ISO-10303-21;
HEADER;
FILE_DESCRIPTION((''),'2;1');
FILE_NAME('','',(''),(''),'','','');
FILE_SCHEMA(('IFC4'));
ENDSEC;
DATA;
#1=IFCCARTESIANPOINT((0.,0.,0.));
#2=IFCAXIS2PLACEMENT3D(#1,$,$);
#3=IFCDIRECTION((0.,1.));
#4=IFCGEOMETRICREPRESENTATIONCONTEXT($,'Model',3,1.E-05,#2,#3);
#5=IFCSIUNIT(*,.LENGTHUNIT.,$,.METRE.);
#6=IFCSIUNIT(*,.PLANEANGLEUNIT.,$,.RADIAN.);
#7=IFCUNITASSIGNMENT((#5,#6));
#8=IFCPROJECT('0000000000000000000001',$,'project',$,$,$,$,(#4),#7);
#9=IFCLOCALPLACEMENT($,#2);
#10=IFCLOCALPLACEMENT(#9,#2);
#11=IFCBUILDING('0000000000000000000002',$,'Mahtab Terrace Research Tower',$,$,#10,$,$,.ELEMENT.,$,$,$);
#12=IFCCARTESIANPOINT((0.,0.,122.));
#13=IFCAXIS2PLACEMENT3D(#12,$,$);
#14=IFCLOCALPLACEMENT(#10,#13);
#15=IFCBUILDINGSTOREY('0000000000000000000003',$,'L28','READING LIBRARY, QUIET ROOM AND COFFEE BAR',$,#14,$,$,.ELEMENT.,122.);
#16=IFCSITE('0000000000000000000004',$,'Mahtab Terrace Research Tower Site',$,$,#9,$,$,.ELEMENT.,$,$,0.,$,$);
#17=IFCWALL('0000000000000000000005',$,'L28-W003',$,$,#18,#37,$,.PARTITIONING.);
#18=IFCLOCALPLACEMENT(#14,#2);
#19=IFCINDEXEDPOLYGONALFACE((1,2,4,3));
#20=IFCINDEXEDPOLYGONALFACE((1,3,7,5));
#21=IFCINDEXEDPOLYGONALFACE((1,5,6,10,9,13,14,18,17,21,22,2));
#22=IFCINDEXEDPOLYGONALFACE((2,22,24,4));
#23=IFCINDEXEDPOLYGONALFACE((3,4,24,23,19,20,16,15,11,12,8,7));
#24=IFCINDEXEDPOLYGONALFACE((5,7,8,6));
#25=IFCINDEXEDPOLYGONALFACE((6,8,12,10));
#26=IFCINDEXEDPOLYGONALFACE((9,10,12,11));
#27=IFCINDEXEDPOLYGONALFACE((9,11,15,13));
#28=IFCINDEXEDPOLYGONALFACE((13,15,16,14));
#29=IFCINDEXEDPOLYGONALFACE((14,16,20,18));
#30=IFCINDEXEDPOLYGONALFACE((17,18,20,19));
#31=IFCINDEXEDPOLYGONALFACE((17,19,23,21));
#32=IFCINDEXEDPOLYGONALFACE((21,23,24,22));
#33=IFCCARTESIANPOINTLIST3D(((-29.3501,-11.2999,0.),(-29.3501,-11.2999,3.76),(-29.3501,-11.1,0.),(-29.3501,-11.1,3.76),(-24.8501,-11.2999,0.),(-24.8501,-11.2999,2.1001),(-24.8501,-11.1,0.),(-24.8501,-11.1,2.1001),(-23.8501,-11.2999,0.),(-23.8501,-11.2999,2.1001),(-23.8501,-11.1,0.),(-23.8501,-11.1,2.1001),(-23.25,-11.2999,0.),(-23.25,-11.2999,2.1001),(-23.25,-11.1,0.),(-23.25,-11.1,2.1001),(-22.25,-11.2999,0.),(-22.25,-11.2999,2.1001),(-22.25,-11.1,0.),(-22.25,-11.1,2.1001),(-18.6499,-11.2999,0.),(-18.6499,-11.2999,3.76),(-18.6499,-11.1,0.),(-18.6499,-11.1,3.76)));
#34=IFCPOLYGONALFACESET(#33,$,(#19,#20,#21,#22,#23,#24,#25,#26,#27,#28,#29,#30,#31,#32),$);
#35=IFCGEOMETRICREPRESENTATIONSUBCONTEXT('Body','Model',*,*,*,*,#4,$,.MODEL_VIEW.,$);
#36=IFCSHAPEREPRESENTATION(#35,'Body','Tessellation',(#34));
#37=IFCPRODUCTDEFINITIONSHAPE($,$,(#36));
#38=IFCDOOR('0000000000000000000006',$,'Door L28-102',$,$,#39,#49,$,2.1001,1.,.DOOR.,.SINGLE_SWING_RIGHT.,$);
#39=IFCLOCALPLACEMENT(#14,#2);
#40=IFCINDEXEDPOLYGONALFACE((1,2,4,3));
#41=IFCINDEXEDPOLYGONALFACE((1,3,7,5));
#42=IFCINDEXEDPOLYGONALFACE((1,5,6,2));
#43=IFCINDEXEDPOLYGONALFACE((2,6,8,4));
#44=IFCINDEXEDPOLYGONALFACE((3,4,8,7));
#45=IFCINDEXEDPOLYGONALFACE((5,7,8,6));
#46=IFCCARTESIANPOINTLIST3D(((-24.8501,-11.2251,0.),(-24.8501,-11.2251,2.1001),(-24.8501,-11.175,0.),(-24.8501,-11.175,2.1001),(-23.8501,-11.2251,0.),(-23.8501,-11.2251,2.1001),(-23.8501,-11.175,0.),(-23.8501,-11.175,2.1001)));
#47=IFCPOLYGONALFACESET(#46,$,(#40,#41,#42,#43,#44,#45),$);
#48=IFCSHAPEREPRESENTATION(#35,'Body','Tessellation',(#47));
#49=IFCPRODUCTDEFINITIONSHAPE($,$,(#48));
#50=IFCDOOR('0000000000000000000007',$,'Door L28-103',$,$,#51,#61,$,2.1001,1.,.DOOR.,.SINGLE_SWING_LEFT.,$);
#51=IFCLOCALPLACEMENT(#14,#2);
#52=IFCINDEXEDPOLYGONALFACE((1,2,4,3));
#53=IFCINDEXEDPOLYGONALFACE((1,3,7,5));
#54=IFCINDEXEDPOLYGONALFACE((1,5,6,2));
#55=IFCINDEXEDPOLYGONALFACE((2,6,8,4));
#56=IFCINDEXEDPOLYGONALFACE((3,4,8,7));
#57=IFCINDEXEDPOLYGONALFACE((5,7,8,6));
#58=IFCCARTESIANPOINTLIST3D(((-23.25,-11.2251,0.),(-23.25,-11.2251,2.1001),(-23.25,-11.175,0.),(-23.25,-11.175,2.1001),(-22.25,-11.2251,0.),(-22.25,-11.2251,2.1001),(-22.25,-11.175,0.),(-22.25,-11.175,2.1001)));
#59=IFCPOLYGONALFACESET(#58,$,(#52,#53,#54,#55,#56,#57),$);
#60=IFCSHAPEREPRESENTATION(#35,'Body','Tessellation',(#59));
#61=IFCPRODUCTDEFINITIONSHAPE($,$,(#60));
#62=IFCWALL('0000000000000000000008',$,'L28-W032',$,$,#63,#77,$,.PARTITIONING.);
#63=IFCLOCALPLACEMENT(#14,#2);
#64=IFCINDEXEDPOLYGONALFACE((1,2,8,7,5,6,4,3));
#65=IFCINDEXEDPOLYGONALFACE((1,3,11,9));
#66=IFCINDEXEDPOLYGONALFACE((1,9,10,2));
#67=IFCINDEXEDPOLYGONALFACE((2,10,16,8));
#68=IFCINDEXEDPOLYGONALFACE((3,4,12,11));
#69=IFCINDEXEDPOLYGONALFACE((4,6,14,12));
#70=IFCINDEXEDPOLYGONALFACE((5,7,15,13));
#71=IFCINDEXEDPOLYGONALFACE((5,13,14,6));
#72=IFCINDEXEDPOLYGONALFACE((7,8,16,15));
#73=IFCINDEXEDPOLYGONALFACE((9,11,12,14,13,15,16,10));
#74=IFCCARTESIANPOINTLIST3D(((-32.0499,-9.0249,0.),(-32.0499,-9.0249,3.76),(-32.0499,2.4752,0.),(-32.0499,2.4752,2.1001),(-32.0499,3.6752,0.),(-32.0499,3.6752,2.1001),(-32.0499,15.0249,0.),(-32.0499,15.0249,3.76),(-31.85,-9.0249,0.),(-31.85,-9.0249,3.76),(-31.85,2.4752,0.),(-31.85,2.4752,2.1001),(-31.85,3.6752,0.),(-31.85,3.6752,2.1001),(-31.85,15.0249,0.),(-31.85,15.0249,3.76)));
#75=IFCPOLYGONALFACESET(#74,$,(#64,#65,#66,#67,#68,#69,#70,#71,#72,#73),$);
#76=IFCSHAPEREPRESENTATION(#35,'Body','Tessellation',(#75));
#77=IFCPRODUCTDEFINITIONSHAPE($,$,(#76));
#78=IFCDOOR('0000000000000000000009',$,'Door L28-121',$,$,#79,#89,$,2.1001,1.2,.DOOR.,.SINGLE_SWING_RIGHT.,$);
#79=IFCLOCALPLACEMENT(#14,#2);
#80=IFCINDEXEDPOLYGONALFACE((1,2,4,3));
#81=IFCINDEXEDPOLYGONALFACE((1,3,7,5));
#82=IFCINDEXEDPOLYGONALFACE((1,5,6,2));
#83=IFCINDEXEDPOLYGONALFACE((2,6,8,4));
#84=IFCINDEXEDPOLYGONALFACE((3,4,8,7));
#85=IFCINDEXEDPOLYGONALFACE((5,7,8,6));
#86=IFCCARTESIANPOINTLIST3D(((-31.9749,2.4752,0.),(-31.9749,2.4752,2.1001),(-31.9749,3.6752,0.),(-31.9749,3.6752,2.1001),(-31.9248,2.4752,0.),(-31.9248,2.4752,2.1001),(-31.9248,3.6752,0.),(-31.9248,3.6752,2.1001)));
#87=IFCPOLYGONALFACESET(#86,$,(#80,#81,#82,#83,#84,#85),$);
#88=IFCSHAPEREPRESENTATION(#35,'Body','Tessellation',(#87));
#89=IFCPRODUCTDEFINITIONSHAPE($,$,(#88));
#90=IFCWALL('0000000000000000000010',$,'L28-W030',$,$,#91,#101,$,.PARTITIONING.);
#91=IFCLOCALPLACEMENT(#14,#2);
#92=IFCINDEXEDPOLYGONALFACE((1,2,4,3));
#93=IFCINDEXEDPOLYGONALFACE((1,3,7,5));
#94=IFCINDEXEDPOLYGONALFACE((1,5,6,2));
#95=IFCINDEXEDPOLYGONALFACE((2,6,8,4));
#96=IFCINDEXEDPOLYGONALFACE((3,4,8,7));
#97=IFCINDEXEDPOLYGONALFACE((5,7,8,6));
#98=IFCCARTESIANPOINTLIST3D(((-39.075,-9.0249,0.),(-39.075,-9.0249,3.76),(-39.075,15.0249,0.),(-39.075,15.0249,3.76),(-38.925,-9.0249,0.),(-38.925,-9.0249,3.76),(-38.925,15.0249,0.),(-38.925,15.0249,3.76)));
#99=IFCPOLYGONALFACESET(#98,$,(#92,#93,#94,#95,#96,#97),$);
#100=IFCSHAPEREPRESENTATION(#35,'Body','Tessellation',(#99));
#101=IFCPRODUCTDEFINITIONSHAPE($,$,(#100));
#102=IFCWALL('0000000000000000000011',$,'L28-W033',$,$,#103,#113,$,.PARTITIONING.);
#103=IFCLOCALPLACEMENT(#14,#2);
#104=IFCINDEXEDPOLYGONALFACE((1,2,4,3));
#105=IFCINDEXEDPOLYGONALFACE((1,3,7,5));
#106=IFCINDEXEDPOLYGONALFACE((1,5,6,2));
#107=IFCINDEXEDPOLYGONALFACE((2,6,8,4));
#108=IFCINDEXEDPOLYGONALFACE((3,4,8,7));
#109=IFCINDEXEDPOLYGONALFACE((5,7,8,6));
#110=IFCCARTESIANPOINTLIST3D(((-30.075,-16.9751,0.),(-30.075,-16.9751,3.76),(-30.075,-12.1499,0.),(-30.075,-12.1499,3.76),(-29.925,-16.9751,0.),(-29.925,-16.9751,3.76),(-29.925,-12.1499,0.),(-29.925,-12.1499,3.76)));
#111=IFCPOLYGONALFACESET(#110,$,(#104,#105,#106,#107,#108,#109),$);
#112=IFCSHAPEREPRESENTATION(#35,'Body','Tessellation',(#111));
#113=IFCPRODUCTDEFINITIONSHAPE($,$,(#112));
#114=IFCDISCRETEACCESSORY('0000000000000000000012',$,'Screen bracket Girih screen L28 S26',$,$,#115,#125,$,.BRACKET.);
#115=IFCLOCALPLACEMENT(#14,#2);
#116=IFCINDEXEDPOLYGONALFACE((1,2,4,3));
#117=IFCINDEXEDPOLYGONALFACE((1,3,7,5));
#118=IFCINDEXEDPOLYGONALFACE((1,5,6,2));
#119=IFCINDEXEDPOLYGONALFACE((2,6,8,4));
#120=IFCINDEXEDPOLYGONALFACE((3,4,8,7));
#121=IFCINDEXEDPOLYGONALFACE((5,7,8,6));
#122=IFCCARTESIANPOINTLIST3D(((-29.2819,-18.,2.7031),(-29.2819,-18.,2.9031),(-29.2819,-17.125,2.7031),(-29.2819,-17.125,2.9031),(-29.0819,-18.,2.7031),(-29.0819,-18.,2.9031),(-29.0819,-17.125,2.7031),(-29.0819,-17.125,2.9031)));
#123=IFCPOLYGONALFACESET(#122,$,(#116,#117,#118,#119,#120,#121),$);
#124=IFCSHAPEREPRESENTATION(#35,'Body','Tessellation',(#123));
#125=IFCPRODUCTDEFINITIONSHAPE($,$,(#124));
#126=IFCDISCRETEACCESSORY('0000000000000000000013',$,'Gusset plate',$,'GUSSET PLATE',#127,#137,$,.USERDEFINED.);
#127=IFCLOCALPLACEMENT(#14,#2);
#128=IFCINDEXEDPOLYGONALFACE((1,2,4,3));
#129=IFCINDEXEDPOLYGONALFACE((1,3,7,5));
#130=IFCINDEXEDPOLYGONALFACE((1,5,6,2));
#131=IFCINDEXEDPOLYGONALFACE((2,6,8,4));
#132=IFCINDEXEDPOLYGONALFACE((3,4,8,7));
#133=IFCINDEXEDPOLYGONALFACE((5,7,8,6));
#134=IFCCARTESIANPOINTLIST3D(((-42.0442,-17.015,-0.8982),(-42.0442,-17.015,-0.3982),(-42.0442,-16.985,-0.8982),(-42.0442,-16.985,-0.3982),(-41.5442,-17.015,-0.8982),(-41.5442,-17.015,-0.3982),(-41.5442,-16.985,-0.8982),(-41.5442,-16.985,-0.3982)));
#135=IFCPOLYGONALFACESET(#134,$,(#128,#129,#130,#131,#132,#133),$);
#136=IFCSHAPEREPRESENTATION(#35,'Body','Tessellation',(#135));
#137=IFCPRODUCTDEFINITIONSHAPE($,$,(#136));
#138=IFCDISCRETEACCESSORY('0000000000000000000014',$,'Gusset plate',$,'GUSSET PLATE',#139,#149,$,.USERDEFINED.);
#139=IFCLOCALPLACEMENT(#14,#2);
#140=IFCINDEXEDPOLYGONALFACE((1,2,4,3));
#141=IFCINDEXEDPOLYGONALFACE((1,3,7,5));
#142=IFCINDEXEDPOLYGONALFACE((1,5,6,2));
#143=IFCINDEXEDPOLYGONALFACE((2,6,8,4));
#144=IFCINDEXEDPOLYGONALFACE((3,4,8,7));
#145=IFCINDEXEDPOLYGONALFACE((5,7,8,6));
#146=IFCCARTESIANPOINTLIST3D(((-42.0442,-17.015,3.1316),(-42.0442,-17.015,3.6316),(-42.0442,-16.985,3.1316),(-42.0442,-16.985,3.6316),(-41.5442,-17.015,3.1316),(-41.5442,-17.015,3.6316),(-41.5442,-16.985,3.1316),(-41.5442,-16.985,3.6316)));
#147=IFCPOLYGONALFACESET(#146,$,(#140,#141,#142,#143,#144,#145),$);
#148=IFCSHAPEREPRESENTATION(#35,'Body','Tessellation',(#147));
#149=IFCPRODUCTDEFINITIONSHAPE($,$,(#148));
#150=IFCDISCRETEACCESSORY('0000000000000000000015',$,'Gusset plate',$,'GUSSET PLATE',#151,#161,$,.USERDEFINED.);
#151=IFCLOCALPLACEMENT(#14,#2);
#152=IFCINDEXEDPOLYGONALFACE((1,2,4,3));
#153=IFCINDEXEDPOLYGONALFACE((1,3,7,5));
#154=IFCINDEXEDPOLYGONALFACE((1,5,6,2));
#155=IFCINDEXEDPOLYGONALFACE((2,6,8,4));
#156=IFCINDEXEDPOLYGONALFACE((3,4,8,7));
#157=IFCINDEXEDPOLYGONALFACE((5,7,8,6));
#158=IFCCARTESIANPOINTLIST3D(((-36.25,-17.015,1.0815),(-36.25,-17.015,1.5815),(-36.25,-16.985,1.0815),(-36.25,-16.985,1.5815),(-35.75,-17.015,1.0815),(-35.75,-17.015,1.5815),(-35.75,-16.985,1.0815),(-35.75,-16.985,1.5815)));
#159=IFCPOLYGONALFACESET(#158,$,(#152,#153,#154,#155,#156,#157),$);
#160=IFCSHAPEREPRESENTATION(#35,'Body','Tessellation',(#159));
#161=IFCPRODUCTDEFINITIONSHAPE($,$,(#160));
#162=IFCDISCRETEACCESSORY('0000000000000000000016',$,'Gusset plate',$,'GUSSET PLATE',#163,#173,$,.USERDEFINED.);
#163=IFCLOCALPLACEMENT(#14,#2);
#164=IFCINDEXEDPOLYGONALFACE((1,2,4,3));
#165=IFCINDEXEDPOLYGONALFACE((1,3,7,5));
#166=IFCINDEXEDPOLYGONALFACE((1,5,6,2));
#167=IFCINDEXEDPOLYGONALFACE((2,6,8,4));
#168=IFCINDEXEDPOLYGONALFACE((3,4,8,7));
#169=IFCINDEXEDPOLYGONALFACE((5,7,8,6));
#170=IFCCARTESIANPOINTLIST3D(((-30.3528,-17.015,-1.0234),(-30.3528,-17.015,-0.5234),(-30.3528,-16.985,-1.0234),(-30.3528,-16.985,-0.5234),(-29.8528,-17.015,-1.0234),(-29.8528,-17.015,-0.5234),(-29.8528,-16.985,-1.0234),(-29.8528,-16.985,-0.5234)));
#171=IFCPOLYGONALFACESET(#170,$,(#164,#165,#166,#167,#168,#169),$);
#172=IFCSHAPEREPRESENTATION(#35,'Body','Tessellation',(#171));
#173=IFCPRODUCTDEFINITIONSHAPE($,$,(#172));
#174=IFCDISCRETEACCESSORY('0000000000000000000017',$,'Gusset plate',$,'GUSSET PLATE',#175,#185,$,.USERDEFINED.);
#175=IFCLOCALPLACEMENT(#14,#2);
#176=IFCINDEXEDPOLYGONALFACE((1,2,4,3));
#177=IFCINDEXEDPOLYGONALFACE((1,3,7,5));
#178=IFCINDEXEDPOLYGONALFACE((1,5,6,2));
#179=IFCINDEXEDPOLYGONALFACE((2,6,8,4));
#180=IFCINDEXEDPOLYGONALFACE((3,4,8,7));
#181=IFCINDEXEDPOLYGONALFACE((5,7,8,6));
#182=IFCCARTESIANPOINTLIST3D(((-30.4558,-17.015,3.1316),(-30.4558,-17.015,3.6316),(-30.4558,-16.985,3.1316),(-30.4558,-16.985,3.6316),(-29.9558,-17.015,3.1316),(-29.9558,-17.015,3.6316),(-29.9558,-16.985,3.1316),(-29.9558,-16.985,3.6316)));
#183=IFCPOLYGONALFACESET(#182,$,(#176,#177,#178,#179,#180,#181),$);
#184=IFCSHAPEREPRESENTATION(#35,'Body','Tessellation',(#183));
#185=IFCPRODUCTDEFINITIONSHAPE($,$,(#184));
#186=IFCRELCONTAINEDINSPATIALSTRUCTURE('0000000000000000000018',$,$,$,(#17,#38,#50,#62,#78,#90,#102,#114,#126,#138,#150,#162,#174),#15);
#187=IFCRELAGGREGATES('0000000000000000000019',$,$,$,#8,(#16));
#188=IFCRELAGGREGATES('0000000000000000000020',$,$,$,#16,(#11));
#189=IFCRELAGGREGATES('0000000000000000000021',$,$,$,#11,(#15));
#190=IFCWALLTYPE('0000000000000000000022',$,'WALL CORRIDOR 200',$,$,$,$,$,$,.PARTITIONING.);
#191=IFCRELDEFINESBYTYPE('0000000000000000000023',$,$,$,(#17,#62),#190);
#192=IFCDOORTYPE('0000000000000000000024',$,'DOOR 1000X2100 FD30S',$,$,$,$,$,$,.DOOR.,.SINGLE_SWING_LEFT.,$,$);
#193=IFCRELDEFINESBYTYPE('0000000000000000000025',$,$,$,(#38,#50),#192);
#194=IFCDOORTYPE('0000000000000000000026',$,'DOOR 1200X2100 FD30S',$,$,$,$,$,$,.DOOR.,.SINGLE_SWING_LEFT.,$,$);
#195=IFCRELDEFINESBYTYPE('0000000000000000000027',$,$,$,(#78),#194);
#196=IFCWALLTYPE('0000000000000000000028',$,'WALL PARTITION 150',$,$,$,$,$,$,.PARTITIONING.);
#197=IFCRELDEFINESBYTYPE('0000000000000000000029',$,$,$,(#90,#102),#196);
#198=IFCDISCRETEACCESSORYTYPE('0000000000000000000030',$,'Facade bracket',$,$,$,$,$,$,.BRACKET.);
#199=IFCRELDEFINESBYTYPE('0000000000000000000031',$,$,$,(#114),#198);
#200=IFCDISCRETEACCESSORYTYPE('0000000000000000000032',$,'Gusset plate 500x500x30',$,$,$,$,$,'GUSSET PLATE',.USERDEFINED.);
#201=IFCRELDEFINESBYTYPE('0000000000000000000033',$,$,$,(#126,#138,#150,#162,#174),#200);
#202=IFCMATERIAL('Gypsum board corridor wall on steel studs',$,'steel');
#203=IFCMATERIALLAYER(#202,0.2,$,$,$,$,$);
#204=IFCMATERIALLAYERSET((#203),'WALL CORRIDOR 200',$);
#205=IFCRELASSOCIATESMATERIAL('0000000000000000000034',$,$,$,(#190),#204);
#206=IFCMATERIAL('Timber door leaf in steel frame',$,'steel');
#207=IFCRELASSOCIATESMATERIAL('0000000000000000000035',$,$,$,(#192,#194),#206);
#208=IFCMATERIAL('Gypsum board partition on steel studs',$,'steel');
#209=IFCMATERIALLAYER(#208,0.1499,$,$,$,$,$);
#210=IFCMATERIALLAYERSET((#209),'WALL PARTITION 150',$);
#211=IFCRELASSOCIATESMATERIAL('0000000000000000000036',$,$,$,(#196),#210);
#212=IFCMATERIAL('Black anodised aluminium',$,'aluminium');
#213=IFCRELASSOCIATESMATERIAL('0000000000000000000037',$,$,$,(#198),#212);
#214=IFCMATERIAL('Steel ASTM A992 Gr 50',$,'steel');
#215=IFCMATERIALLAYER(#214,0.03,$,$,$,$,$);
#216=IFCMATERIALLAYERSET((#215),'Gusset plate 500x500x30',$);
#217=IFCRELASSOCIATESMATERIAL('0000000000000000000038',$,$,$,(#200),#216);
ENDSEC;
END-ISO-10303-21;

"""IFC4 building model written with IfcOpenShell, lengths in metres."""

from ifc_helpers import new_model, si_unit, direction, frame, frame_2d, origin, origin_2d, place, context, subcontext, project, spatial, rectangle, extrude, material, layer, layer_set, type_object, element, fill, save


model = new_model("IFC4")

# Units and contexts
model_context = context("Model", 3, precision=1e-05, world=origin(), true_north=direction((0.0, 1.0)))
body_context = subcontext(model_context, "Body", "Model", "MODEL_VIEW")
ifc_project = project(units=[si_unit("LENGTHUNIT", "METRE"), si_unit("PLANEANGLEUNIT", "RADIAN")], contexts=[model_context])

# Site, building, storey
site_placement = place(None, origin())
site = spatial("IfcSite", under=ifc_project, at=site_placement, Name="Mahtab Terrace Research Tower Site", CompositionType="ELEMENT", RefElevation=0.0)
building_placement = place(site_placement, origin())
building = spatial("IfcBuilding", under=site, at=building_placement, Name="Mahtab Terrace Research Tower", CompositionType="ELEMENT")
storey_placement = place(building_placement, frame((0.0, 0.0, 122.0)))
storey = spatial("IfcBuildingStorey", under=building, at=storey_placement, Name="L28", Description="READING LIBRARY, QUIET ROOM AND COFFEE BAR", CompositionType="ELEMENT", Elevation=122.0)

# Shared definitions
ifc_material_1 = material(Name="Steel ASTM A992 Gr 50", Category="steel")

# Shared definitions
ifc_material_2 = material(Name="Gypsum board corridor wall on steel studs", Category="steel")
ifc_layer_1 = layer(ifc_material_2, 0.2)
ifc_layer_set_1 = layer_set([ifc_layer_1], Name="WALL CORRIDOR 200")
wall_type_1 = type_object("IfcWallType", Name="WALL CORRIDOR 200", PredefinedType="PARTITIONING", material=ifc_layer_set_1)
ifc_material_3 = material(Name="Timber door leaf in steel frame", Category="steel")

# Wall, openings, doors
wall_1_placement = place(storey_placement, frame((-29.3501, -11.2, 0.0), z_axis=(0.0, 0.0, 1.0), x_axis=(1.0, 0.0, 0.0)))
wall_1 = element("IfcWall", 1, at=wall_1_placement, inside=storey, type_object=wall_type_1, Name="L28-W003", PredefinedType="PARTITIONING", context=body_context, shape_type="SweptSolid", body=[
    extrude(rectangle(XDim=10.7002, YDim=0.2, at=frame_2d((5.3501, 0.0))), origin(), (0.0, 0.0, 1.0), 3.76),
])
opening_1_placement = place(wall_1_placement, frame((4.5, 0.0, 0.0)))
opening_1 = element("IfcOpeningElement", 2, at=opening_1_placement, cuts=wall_1, PredefinedType="OPENING", context=body_context, shape_type="SweptSolid", body=[
    extrude(rectangle(XDim=1.0, YDim=2.1001, at=frame_2d((0.5, 1.05))), frame((0.0, 0.1099, 0.0), z_axis=(0.0, -1.0, 0.0), x_axis=(1.0, 0.0, 0.0)), (0.0, 0.0, 1.0), 0.22),
])
opening_2_placement = place(wall_1_placement, frame((6.1001, 0.0, 0.0)))
opening_2 = element("IfcOpeningElement", 3, at=opening_2_placement, cuts=wall_1, PredefinedType="OPENING", context=body_context, shape_type="SweptSolid", body=[
    extrude(rectangle(XDim=1.0, YDim=2.1001, at=frame_2d((0.5, 1.05))), frame((0.0, 0.1099, 0.0), z_axis=(0.0, -1.0, 0.0), x_axis=(1.0, 0.0, 0.0)), (0.0, 0.0, 1.0), 0.22),
])
door_type_1 = type_object("IfcDoorType", Name="DOOR 1000X2100 FD30S", OperationType="SINGLE_SWING_LEFT", PredefinedType="DOOR", material=ifc_material_3)
door_1_placement = place(opening_1_placement, origin())
door_1 = element("IfcDoor", 4, at=door_1_placement, inside=storey, type_object=door_type_1, Name="Door L28-102", OperationType="SINGLE_SWING_RIGHT", OverallHeight=2.1001, OverallWidth=1.0, PredefinedType="DOOR", context=body_context, shape_type="SweptSolid", body=[
    extrude(rectangle(XDim=1.0, YDim=2.1001, at=frame_2d((0.5, 1.05))), frame((0.0, 0.0249, 0.0), z_axis=(0.0, -1.0, 0.0), x_axis=(1.0, 0.0, 0.0)), (0.0, 0.0, 1.0), 0.05),
])
fill(opening_1, door_1)
door_2_placement = place(opening_2_placement, origin())
door_2 = element("IfcDoor", 5, at=door_2_placement, inside=storey, type_object=door_type_1, Name="Door L28-103", OperationType="SINGLE_SWING_LEFT", OverallHeight=2.1001, OverallWidth=1.0, PredefinedType="DOOR", context=body_context, shape_type="SweptSolid", body=[
    extrude(rectangle(XDim=1.0, YDim=2.1001, at=frame_2d((0.5, 1.05))), frame((0.0, 0.0249, 0.0), z_axis=(0.0, -1.0, 0.0), x_axis=(1.0, 0.0, 0.0)), (0.0, 0.0, 1.0), 0.05),
])
fill(opening_2, door_2)

# Wall, opening, door
wall_2_placement = place(storey_placement, frame((-31.95, -9.0249, 0.0), z_axis=(0.0, 0.0, 1.0), x_axis=(0.0, 1.0, 0.0)))
wall_2 = element("IfcWall", 6, at=wall_2_placement, inside=storey, type_object=wall_type_1, Name="L28-W032", PredefinedType="PARTITIONING", context=body_context, shape_type="SweptSolid", body=[
    extrude(rectangle(XDim=24.0498, YDim=0.2, at=frame_2d((12.0249, 0.0))), origin(), (0.0, 0.0, 1.0), 3.76),
])
opening_3_placement = place(wall_2_placement, frame((11.5, 0.0, 0.0)))
opening_3 = element("IfcOpeningElement", 7, at=opening_3_placement, cuts=wall_2, PredefinedType="OPENING", context=body_context, shape_type="SweptSolid", body=[
    extrude(rectangle(XDim=1.2, YDim=2.1001, at=frame_2d((0.6001, 1.05))), frame((0.0, 0.1099, 0.0), z_axis=(0.0, -1.0, 0.0), x_axis=(1.0, 0.0, 0.0)), (0.0, 0.0, 1.0), 0.22),
])
door_type_2 = type_object("IfcDoorType", Name="DOOR 1200X2100 FD30S", OperationType="SINGLE_SWING_LEFT", PredefinedType="DOOR", material=ifc_material_3)
door_3_placement = place(opening_3_placement, origin())
door_3 = element("IfcDoor", 8, at=door_3_placement, inside=storey, type_object=door_type_2, Name="Door L28-121", OperationType="SINGLE_SWING_RIGHT", OverallHeight=2.1001, OverallWidth=1.2, PredefinedType="DOOR", context=body_context, shape_type="SweptSolid", body=[
    extrude(rectangle(XDim=1.2, YDim=2.1001, at=frame_2d((0.6001, 1.05))), frame((0.0, 0.0249, 0.0), z_axis=(0.0, -1.0, 0.0), x_axis=(1.0, 0.0, 0.0)), (0.0, 0.0, 1.0), 0.05),
])
fill(opening_3, door_3)

# Walls
ifc_material_4 = material(Name="Gypsum board partition on steel studs", Category="steel")
ifc_layer_2 = layer(ifc_material_4, 0.1499)
ifc_layer_set_2 = layer_set([ifc_layer_2], Name="WALL PARTITION 150")
wall_type_2 = type_object("IfcWallType", Name="WALL PARTITION 150", PredefinedType="PARTITIONING", material=ifc_layer_set_2)
wall_3_placement = place(storey_placement, frame((-39.0, -9.0249, 0.0), z_axis=(0.0, 0.0, 1.0), x_axis=(0.0, 1.0, 0.0)))
element("IfcWall", 9, at=wall_3_placement, inside=storey, type_object=wall_type_2, Name="L28-W030", PredefinedType="PARTITIONING", context=body_context, shape_type="SweptSolid", body=[
    extrude(rectangle(XDim=24.0498, YDim=0.1499, at=frame_2d((12.0249, 0.0))), origin(), (0.0, 0.0, 1.0), 3.76),
])
wall_4_placement = place(storey_placement, frame((-30.0, -16.9751, 0.0), z_axis=(0.0, 0.0, 1.0), x_axis=(0.0, 1.0, 0.0)))
element("IfcWall", 10, at=wall_4_placement, inside=storey, type_object=wall_type_2, Name="L28-W033", PredefinedType="PARTITIONING", context=body_context, shape_type="SweptSolid", body=[
    extrude(rectangle(XDim=4.8252, YDim=0.1499, at=frame_2d((2.4126, 0.0))), origin(), (0.0, 0.0, 1.0), 3.76),
])

# Discrete accessories
ifc_material_5 = material(Name="Black anodised aluminium", Category="aluminium")
discrete_accessory_type_1 = type_object("IfcDiscreteAccessoryType", Name="Facade bracket", PredefinedType="BRACKET", material=ifc_material_5)
discrete_accessory_placement = place(storey_placement, frame((-29.1819, -17.5625, 2.7031), z_axis=(0.0, 0.0, 1.0), x_axis=(1.0, 0.0, 0.0)))
element("IfcDiscreteAccessory", 11, at=discrete_accessory_placement, inside=storey, type_object=discrete_accessory_type_1, Name="Screen bracket Girih screen L28 S26", PredefinedType="BRACKET", context=body_context, shape_type="SweptSolid", body=[
    extrude(rectangle(XDim=0.2, YDim=0.875, at=origin_2d()), origin(), (0.0, 0.0, 1.0), 0.2),
])
ifc_layer_3 = layer(ifc_material_1, 0.03)
ifc_layer_set_3 = layer_set([ifc_layer_3], Name="Gusset plate 500x500x30")
discrete_accessory_type_2 = type_object("IfcDiscreteAccessoryType", Name="Gusset plate 500x500x30", ElementType="GUSSET PLATE", PredefinedType="USERDEFINED", material=ifc_layer_set_3)
for number, where, z_axis, x_axis, name in (
    (12, (-41.7942, -17.0, -0.8982), (0.0, 0.0, 1.0), (1.0, 0.0, 0.0), "Gusset plate"),
    (13, (-41.7942, -17.0, 3.1316), (0.0, 0.0, 1.0), (1.0, 0.0, 0.0), "Gusset plate"),
    (14, (-36.0, -17.0, 1.0815), (0.0, 0.0, 1.0), (1.0, 0.0, 0.0), "Gusset plate"),
    (15, (-30.1028, -17.0, -1.0234), (0.0, 0.0, 1.0), (1.0, 0.0, 0.0), "Gusset plate"),
    (16, (-30.2058, -17.0, 3.1316), (0.0, 0.0, 1.0), (1.0, 0.0, 0.0), "Gusset plate"),
):
    element("IfcDiscreteAccessory", number, at=place(storey_placement, frame(where, z_axis=z_axis, x_axis=x_axis)), inside=storey, type_object=discrete_accessory_type_2, Name=name, ObjectType="GUSSET PLATE", PredefinedType="USERDEFINED", context=body_context, shape_type="SweptSolid", body=[
        extrude(rectangle(XDim=0.5, YDim=0.03, at=origin_2d()), origin(), (0.0, 0.0, 1.0), 0.5),
    ])

save(model, "model.ifc")
